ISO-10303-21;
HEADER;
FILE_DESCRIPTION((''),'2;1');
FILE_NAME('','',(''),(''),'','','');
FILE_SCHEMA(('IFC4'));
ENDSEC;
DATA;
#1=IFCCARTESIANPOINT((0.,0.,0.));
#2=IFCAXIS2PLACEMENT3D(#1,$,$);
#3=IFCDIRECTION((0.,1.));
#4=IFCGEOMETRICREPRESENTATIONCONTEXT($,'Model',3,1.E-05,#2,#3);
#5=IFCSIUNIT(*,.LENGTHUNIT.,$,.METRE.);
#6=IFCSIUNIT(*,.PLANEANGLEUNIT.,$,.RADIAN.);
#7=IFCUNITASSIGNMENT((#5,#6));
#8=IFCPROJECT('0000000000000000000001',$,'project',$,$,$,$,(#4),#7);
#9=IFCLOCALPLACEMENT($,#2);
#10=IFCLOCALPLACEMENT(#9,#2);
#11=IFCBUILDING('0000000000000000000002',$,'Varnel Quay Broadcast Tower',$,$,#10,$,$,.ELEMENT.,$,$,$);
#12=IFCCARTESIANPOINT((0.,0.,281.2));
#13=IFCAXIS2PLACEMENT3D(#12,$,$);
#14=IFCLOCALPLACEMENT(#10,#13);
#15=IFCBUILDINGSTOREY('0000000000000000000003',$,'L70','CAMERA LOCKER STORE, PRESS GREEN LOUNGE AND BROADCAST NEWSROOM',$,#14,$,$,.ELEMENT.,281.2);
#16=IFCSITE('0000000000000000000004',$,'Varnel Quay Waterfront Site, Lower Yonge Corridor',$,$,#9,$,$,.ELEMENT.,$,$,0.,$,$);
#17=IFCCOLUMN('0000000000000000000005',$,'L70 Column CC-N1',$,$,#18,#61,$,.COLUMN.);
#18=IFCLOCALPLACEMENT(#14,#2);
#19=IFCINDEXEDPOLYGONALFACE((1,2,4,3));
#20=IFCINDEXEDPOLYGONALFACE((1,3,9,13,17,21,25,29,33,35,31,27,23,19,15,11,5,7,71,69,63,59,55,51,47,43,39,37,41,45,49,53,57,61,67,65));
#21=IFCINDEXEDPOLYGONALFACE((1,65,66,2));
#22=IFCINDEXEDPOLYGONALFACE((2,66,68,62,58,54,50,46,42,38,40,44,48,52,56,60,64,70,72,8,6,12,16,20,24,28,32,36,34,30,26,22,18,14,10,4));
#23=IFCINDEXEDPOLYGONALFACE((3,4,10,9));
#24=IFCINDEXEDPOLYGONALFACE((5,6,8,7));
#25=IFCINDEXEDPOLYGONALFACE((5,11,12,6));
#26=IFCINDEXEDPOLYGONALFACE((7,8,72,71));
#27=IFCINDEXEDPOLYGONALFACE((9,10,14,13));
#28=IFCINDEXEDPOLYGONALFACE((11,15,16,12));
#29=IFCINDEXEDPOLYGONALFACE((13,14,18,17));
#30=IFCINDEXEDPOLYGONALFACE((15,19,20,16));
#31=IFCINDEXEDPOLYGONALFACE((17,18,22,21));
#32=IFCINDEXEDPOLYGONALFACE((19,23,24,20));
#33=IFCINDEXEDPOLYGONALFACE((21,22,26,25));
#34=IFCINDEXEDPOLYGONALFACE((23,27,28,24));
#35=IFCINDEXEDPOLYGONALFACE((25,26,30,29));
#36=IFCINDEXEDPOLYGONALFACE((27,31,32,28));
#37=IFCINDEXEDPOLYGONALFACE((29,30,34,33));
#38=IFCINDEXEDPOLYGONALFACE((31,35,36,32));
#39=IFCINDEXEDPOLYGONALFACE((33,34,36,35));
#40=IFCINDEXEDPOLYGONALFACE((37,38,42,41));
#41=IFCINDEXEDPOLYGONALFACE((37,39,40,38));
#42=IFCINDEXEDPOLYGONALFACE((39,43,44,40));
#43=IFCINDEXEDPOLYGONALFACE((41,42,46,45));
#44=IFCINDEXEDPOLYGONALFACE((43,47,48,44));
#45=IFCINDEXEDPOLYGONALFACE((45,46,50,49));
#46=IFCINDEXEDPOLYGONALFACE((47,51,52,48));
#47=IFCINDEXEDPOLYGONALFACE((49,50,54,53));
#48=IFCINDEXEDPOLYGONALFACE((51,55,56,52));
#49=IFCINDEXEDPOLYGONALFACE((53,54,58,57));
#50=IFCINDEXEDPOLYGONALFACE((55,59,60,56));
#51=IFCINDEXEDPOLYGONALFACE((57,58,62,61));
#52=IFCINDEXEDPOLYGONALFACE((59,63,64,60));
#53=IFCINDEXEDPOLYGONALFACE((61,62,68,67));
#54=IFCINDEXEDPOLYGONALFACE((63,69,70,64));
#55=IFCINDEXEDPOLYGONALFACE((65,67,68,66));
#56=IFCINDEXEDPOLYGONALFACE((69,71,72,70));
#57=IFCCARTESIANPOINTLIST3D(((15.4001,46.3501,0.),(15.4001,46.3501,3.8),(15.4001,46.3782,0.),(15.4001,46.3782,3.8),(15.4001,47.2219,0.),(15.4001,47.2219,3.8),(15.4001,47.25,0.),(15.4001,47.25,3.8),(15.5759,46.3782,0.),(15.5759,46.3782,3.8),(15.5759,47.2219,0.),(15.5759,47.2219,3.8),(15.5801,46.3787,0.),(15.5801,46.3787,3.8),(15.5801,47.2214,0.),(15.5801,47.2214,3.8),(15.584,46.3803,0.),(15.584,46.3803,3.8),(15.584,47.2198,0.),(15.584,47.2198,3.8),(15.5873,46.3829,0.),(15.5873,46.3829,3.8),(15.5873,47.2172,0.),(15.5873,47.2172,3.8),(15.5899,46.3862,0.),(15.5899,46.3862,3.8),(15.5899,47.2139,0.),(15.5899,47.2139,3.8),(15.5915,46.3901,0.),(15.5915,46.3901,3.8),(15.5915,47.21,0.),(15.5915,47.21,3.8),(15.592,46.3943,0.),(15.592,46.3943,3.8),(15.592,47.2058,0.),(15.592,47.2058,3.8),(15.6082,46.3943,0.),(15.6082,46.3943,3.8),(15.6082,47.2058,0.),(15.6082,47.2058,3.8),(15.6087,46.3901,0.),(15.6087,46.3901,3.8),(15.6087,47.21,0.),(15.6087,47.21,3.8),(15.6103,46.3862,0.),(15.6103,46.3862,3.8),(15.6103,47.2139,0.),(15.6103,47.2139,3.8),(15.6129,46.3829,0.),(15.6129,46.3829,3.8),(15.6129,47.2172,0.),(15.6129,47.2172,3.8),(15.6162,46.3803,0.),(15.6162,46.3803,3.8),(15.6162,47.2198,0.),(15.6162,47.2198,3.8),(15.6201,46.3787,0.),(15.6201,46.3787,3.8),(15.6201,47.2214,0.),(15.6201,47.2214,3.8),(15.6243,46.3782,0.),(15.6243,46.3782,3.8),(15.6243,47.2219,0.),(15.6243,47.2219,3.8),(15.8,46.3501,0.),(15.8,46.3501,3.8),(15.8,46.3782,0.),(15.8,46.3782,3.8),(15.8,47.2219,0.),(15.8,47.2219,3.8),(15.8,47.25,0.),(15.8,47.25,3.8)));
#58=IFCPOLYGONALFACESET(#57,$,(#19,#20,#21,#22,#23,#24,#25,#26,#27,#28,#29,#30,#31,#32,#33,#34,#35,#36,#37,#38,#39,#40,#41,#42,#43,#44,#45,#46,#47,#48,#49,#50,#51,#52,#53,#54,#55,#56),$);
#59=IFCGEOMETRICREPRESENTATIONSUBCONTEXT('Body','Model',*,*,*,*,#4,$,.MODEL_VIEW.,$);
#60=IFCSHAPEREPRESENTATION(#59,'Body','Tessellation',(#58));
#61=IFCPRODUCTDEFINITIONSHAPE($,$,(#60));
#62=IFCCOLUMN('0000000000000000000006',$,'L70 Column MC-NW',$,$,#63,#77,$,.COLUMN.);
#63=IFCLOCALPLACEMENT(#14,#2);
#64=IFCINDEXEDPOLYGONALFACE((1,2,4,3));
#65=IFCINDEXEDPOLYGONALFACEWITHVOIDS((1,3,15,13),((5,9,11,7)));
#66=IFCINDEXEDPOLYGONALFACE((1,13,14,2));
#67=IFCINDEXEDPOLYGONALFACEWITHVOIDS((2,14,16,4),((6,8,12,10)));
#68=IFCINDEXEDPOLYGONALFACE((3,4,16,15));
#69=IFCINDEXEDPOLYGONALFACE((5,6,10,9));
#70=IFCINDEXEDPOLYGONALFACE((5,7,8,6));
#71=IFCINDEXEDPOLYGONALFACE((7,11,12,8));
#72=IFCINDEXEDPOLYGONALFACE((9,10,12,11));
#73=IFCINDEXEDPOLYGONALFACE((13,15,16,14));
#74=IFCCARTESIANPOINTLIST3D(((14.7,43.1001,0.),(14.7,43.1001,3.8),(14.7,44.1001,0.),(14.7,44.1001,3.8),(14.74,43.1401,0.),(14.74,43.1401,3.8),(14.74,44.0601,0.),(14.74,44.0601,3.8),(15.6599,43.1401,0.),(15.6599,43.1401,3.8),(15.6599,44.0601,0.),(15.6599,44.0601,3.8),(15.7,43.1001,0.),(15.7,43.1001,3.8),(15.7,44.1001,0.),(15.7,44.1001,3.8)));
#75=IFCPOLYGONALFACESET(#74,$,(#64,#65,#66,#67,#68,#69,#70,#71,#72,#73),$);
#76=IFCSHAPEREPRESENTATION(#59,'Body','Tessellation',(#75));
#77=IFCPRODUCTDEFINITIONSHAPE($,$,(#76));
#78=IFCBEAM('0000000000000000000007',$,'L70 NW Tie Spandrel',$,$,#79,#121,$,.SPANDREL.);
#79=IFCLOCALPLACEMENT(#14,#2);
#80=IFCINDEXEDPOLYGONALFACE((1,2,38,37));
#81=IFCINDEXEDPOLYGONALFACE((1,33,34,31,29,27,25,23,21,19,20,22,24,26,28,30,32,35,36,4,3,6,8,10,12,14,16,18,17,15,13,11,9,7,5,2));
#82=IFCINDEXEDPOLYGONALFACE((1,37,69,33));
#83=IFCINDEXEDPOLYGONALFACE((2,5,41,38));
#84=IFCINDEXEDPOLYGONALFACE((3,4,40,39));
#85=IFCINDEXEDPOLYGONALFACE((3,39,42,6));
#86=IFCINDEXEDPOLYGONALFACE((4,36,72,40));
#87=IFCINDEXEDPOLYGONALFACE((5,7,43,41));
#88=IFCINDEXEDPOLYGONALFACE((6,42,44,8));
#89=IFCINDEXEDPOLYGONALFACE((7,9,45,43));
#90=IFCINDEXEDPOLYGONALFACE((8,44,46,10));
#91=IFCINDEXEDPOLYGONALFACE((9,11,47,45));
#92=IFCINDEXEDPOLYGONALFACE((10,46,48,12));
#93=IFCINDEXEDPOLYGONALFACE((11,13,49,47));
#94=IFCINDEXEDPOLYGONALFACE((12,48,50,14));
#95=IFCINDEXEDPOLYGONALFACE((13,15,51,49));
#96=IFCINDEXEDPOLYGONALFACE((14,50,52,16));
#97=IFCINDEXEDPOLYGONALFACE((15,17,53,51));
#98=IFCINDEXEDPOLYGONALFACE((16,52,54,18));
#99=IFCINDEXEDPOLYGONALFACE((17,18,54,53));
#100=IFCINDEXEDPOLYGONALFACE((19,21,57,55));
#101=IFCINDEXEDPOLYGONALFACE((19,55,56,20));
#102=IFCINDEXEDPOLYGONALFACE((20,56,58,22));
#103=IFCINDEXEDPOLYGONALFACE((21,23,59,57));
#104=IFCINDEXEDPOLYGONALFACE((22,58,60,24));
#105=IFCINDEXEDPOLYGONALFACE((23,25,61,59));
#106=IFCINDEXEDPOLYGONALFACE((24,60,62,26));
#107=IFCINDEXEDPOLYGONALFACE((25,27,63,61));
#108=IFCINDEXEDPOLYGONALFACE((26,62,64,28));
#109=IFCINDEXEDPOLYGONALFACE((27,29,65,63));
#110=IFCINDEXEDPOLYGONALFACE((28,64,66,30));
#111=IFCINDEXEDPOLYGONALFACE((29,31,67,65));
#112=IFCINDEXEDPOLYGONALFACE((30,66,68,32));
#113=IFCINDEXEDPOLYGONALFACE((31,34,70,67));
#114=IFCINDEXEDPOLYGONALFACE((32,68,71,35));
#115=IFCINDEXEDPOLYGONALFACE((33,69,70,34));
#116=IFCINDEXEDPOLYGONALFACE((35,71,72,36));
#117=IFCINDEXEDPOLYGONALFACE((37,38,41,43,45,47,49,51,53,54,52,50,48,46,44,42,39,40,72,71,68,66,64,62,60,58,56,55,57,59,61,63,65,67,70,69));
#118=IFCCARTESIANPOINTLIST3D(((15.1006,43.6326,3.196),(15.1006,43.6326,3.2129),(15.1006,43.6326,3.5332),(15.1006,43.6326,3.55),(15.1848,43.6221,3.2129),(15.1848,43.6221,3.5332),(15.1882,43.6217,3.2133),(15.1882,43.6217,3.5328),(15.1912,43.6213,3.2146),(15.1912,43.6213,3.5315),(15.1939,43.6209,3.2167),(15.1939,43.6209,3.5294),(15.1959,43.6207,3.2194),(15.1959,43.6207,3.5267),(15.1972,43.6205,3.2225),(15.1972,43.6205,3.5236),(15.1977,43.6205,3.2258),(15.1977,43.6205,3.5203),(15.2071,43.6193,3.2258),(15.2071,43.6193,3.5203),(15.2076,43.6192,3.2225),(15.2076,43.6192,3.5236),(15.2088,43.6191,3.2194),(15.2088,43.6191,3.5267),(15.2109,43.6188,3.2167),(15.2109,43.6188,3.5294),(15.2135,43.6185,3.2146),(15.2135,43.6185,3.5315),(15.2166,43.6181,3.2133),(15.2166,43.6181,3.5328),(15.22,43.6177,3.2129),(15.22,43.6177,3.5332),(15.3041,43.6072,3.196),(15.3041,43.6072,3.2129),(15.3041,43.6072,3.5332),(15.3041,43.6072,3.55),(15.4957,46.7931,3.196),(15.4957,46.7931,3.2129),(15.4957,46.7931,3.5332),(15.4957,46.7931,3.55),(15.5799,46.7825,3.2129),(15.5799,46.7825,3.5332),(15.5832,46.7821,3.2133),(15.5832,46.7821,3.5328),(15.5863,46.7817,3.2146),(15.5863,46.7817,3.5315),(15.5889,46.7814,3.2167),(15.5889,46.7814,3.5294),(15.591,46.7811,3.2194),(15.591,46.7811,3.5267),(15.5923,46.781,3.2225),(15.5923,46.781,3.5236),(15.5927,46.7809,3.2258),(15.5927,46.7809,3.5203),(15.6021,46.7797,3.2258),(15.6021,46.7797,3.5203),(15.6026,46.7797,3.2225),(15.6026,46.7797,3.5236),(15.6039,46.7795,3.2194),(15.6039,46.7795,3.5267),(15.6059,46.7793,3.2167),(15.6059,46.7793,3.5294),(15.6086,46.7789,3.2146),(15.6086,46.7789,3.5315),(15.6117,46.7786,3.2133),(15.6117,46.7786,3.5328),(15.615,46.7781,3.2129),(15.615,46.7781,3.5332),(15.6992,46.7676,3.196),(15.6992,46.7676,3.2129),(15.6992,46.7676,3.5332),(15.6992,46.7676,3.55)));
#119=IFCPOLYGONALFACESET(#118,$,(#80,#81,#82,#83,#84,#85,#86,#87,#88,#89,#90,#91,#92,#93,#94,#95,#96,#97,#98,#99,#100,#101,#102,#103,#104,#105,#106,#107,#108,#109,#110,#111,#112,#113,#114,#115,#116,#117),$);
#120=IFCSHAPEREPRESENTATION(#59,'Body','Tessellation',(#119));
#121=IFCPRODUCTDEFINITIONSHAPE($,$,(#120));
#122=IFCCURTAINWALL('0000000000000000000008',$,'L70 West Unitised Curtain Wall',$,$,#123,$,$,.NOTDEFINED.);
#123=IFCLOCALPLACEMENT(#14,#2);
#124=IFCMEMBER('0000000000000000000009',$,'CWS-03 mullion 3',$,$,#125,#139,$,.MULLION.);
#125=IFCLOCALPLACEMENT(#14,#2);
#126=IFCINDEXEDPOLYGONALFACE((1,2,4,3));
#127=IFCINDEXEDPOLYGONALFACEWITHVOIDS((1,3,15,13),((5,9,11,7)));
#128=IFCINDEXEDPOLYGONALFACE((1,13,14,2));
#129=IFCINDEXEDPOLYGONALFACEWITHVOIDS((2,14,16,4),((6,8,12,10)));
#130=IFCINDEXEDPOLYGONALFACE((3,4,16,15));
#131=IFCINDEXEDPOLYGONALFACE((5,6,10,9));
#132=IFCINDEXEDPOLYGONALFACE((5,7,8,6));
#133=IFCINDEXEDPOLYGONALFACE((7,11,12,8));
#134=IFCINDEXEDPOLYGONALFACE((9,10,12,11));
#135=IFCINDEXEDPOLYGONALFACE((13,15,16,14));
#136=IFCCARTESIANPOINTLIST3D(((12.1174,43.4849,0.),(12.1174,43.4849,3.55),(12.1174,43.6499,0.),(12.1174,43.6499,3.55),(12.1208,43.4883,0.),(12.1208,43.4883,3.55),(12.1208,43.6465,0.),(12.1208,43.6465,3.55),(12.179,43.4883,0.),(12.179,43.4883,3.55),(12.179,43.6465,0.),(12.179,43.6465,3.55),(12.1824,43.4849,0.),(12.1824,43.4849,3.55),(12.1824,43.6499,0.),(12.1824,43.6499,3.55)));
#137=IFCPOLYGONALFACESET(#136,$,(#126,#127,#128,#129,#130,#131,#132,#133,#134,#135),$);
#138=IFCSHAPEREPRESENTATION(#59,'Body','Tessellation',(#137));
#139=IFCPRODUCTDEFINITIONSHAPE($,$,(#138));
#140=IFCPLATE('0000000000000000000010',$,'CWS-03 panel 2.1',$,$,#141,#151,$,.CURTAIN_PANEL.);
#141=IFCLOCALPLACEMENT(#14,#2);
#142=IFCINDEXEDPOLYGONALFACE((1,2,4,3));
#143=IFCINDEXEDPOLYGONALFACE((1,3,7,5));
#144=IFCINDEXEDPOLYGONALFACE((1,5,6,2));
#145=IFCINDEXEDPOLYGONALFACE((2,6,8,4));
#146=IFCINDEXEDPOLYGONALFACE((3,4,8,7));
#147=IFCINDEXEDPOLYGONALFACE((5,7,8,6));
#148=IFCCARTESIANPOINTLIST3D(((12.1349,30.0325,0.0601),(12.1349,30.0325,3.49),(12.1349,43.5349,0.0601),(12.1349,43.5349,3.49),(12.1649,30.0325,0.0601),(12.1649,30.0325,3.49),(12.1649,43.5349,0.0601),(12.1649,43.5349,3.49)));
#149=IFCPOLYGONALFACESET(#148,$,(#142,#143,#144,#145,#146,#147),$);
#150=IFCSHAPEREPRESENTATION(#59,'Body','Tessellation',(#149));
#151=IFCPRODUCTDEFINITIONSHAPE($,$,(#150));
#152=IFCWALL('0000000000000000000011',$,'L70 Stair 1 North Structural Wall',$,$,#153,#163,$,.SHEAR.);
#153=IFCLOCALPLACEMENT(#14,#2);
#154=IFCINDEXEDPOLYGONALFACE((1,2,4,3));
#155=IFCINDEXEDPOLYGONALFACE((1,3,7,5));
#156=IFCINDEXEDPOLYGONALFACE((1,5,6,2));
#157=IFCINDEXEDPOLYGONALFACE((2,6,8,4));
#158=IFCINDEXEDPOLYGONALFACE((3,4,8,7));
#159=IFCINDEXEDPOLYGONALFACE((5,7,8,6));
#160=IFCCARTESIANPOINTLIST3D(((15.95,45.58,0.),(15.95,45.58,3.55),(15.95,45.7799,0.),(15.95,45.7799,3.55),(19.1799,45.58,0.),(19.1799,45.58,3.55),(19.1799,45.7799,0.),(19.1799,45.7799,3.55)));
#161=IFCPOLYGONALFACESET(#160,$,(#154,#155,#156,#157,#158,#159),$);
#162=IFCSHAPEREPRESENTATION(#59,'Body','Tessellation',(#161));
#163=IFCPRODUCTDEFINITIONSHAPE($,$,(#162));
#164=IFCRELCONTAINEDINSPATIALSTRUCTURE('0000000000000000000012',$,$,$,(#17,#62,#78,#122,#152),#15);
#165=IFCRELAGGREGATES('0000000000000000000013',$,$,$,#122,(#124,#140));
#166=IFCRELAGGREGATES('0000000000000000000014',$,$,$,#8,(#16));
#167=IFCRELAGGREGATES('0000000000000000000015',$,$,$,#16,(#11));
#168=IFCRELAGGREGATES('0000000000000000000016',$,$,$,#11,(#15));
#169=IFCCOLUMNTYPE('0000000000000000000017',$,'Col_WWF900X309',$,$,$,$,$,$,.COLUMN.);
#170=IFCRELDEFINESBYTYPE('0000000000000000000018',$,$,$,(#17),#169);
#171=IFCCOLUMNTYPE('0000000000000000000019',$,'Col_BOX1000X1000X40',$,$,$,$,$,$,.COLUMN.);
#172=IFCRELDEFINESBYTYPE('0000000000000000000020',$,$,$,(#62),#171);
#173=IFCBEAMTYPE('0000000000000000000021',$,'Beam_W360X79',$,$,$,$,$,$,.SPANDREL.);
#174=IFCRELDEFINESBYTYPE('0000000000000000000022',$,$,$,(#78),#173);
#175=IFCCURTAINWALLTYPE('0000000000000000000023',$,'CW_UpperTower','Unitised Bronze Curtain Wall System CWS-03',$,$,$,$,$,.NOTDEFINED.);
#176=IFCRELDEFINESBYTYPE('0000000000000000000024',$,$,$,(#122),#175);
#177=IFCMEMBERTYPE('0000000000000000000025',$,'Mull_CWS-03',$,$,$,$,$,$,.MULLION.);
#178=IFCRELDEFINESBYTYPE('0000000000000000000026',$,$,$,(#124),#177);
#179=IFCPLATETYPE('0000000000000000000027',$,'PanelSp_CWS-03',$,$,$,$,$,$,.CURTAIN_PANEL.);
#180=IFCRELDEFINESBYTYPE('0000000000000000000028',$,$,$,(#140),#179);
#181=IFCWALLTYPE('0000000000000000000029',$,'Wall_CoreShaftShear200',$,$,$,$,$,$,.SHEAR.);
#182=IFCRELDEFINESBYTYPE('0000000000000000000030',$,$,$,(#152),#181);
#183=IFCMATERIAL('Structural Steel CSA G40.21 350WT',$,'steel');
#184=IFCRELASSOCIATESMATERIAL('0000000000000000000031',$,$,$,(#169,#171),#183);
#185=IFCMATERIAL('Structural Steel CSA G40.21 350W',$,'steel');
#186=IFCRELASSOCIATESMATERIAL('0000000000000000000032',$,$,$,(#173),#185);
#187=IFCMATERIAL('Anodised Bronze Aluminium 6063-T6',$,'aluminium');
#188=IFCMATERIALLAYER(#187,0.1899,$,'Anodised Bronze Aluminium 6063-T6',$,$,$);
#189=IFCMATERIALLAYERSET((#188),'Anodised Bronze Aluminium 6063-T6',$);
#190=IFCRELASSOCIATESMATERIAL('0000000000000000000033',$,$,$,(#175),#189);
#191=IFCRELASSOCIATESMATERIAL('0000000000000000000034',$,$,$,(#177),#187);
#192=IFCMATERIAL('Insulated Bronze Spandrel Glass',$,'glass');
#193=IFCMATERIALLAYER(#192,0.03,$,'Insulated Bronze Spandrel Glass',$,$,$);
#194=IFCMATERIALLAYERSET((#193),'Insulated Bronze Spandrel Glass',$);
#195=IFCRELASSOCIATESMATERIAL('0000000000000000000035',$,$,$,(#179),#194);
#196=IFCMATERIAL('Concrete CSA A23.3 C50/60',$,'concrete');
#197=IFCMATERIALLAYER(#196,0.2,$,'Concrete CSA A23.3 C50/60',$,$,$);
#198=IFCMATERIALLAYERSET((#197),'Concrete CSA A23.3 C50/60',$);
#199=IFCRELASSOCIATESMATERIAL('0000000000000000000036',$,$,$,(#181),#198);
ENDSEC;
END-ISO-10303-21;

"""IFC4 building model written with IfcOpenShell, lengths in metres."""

from ifc_helpers import new_model, si_unit, direction, frame, frame_2d, origin, origin_2d, place, context, subcontext, project, spatial, rectangle, hollow_rectangle, i_section, extrude, source, transform, mapped, material, layer, layer_set, material_profile, profile_set, type_object, type_shapes, element, aggregate, save


model = new_model("IFC4")

# Units and contexts
model_context = context("Model", 3, precision=1e-05, world=origin(), true_north=direction((0.0, 1.0)))
body_context = subcontext(model_context, "Body", "Model", "MODEL_VIEW")
ifc_project = project(units=[si_unit("LENGTHUNIT", "METRE"), si_unit("PLANEANGLEUNIT", "RADIAN")], contexts=[model_context])

# Site, building, storey
site_placement = place(None, origin())
site = spatial("IfcSite", under=ifc_project, at=site_placement, Name="Varnel Quay Waterfront Site, Lower Yonge Corridor", CompositionType="ELEMENT", RefElevation=0.0)
building_placement = place(site_placement, origin())
building = spatial("IfcBuilding", under=site, at=building_placement, Name="Varnel Quay Broadcast Tower", CompositionType="ELEMENT")
storey_placement = place(building_placement, frame((0.0, 0.0, 281.2)))
storey = spatial("IfcBuildingStorey", under=building, at=storey_placement, Name="L70", Description="CAMERA LOCKER STORE, PRESS GREEN LOUNGE AND BROADCAST NEWSROOM", CompositionType="ELEMENT", Elevation=281.2)

# Columns
ifc_material_1 = material(Name="Structural Steel CSA G40.21 350WT", Category="steel")
ifc_material_profile_1 = material_profile(ifc_material_1, i_section(OverallWidth=0.3999, OverallDepth=0.8999, WebThickness=0.0161, FlangeThickness=0.0281, FilletRadius=0.0161, at=origin_2d()), Name="WWF900X309")
ifc_profile_set_1 = profile_set([ifc_material_profile_1], Name="Structural Steel CSA G40.21 350WT")
column_type_1 = type_object("IfcColumnType", Name="Col_WWF900X309", PredefinedType="COLUMN", material=ifc_profile_set_1)
shared_shape_1 = source(origin(), body_context, "Body", "SweptSolid", [
    extrude(i_section(OverallWidth=0.3999, OverallDepth=0.8999, WebThickness=0.0161, FlangeThickness=0.0281, FilletRadius=0.0161, at=origin_2d()), origin(), (0.0, 0.0, 1.0), 3.8),
])
type_shapes(column_type_1, [shared_shape_1])
column_1_placement = place(storey_placement, frame((15.6001, 46.8, 0.0), z_axis=(0.0, 0.0, 1.0), x_axis=(1.0, 0.0, 0.0)))
element("IfcColumn", 1, at=column_1_placement, inside=storey, type_object=column_type_1, Name="L70 Column CC-N1", PredefinedType="COLUMN", context=body_context, shape_type="MappedRepresentation", body=[
    mapped(shared_shape_1, transform((0.0, 0.0, 0.0), x_axis=(1.0, 0.0, 0.0), y_axis=(0.0, 1.0, 0.0), z_axis=(0.0, 0.0, 1.0), scale=1.0)),
])
ifc_material_profile_2 = material_profile(ifc_material_1, hollow_rectangle(XDim=1.0, YDim=1.0, WallThickness=0.04, at=origin_2d()), Name="BOX1000X1000X40")
ifc_profile_set_2 = profile_set([ifc_material_profile_2], Name="Structural Steel CSA G40.21 350WT")
column_type_2 = type_object("IfcColumnType", Name="Col_BOX1000X1000X40", PredefinedType="COLUMN", material=ifc_profile_set_2)
shared_shape_2 = source(origin(), body_context, "Body", "SweptSolid", [
    extrude(hollow_rectangle(XDim=1.0, YDim=1.0, WallThickness=0.04, at=origin_2d()), origin(), (0.0, 0.0, 1.0), 3.8),
])
type_shapes(column_type_2, [shared_shape_2])
column_2_placement = place(storey_placement, frame((15.2, 43.6001, 0.0), z_axis=(0.0, 0.0, 1.0), x_axis=(1.0, 0.0, 0.0)))
element("IfcColumn", 2, at=column_2_placement, inside=storey, type_object=column_type_2, Name="L70 Column MC-NW", PredefinedType="COLUMN", context=body_context, shape_type="MappedRepresentation", body=[
    mapped(shared_shape_2, transform((0.0, 0.0, 0.0), x_axis=(1.0, 0.0, 0.0), y_axis=(0.0, 1.0, 0.0), z_axis=(0.0, 0.0, 1.0), scale=1.0)),
])

# Beam
ifc_material_2 = material(Name="Structural Steel CSA G40.21 350W", Category="steel")
ifc_material_profile_3 = material_profile(ifc_material_2, i_section(OverallWidth=0.2051, OverallDepth=0.354, WebThickness=0.0095, FlangeThickness=0.0168, FilletRadius=0.0129, at=origin_2d()), Name="W360X79")
ifc_profile_set_3 = profile_set([ifc_material_profile_3], Name="Structural Steel CSA G40.21 350W")
beam_type = type_object("IfcBeamType", Name="Beam_W360X79", PredefinedType="SPANDREL", material=ifc_profile_set_3)
shared_shape_3 = source(origin(), body_context, "Body", "SweptSolid", [
    extrude(i_section(OverallWidth=0.2051, OverallDepth=0.354, WebThickness=0.0095, FlangeThickness=0.0168, FilletRadius=0.0129, at=origin_2d()), origin(), (0.0, 0.0, 1.0), 3.1851),
])
type_shapes(beam_type, [shared_shape_3])
beam_placement = place(storey_placement, frame((15.2024, 43.6199, 3.373), z_axis=(0.124025, 0.992279, 0.0), x_axis=(-0.992279, 0.124025, 0.0)))
element("IfcBeam", 3, at=beam_placement, inside=storey, type_object=beam_type, Name="L70 NW Tie Spandrel", PredefinedType="SPANDREL", context=body_context, shape_type="MappedRepresentation", body=[
    mapped(shared_shape_3, transform((0.0, 0.0, 0.0), x_axis=(1.0, 0.0, 0.0), y_axis=(0.0, 1.0, 0.0), z_axis=(0.0, 0.0, 1.0), scale=1.0)),
])

# Curtain wall, member, plate
ifc_material_3 = material(Name="Anodised Bronze Aluminium 6063-T6", Category="aluminium")
ifc_layer_1 = layer(ifc_material_3, 0.1899, Name="Anodised Bronze Aluminium 6063-T6")
ifc_layer_set_1 = layer_set([ifc_layer_1], Name="Anodised Bronze Aluminium 6063-T6")
curtain_wall_type = type_object("IfcCurtainWallType", Name="CW_UpperTower", Description="Unitised Bronze Curtain Wall System CWS-03", PredefinedType="NOTDEFINED", material=ifc_layer_set_1)
curtain_wall_placement = place(storey_placement, origin())
curtain_wall = element("IfcCurtainWall", 4, at=curtain_wall_placement, inside=storey, type_object=curtain_wall_type, Name="L70 West Unitised Curtain Wall", PredefinedType="NOTDEFINED")
ifc_material_profile_4 = material_profile(ifc_material_3, hollow_rectangle(XDim=0.0649, YDim=0.165, WallThickness=0.0034, at=origin_2d()), Name="ALU65X165X3.5")
ifc_profile_set_4 = profile_set([ifc_material_profile_4], Name="Anodised Bronze Aluminium 6063-T6")
member_type = type_object("IfcMemberType", Name="Mull_CWS-03", PredefinedType="MULLION", material=ifc_profile_set_4)
shared_shape_4 = source(origin(), body_context, "Body", "SweptSolid", [
    extrude(hollow_rectangle(XDim=0.0649, YDim=0.165, WallThickness=0.0034, at=origin_2d()), origin(), (0.0, 0.0, 1.0), 3.55),
])
type_shapes(member_type, [shared_shape_4])
member_placement = place(storey_placement, frame((12.1499, 43.5674, 0.0), z_axis=(0.0, 0.0, 1.0), x_axis=(-1.0, 0.0, 0.0)))
member = element("IfcMember", 5, at=member_placement, type_object=member_type, Name="CWS-03 mullion 3", PredefinedType="MULLION", context=body_context, shape_type="MappedRepresentation", body=[
    mapped(shared_shape_4, transform((0.0, 0.0, 0.0), x_axis=(1.0, 0.0, 0.0), y_axis=(0.0, 1.0, 0.0), z_axis=(0.0, 0.0, 1.0), scale=1.0)),
])
ifc_material_4 = material(Name="Insulated Bronze Spandrel Glass", Category="glass")
ifc_layer_2 = layer(ifc_material_4, 0.03, Name="Insulated Bronze Spandrel Glass")
ifc_layer_set_2 = layer_set([ifc_layer_2], Name="Insulated Bronze Spandrel Glass")
plate_type = type_object("IfcPlateType", Name="PanelSp_CWS-03", PredefinedType="CURTAIN_PANEL", material=ifc_layer_set_2)
shared_shape_5 = source(origin(), body_context, "Body", "SweptSolid", [
    extrude(rectangle(XDim=13.5024, YDim=0.03, at=origin_2d()), origin(), (0.0, 0.0, 1.0), 3.4299),
])
type_shapes(plate_type, [shared_shape_5])
plate_placement = place(storey_placement, frame((12.1499, 36.7837, 0.0601), z_axis=(0.0, 0.0, 1.0), x_axis=(0.0, 1.0, 0.0)))
plate = element("IfcPlate", 6, at=plate_placement, type_object=plate_type, Name="CWS-03 panel 2.1", PredefinedType="CURTAIN_PANEL", context=body_context, shape_type="MappedRepresentation", body=[
    mapped(shared_shape_5, transform((0.0, 0.0, 0.0), x_axis=(1.0, 0.0, 0.0), y_axis=(0.0, 1.0, 0.0), z_axis=(0.0, 0.0, 1.0), scale=1.0)),
])
aggregate(curtain_wall, [member, plate])

# Wall
ifc_material_5 = material(Name="Concrete CSA A23.3 C50/60", Category="concrete")
ifc_layer_3 = layer(ifc_material_5, 0.2, Name="Concrete CSA A23.3 C50/60")
ifc_layer_set_3 = layer_set([ifc_layer_3], Name="Concrete CSA A23.3 C50/60")
wall_type_1 = type_object("IfcWallType", Name="Wall_CoreShaftShear200", PredefinedType="SHEAR", material=ifc_layer_set_3)
wall_1_placement = place(storey_placement, frame((15.95, 45.6799, 0.0), z_axis=(0.0, 0.0, 1.0), x_axis=(1.0, 0.0, 0.0)))
element("IfcWall", 7, at=wall_1_placement, inside=storey, type_object=wall_type_1, Name="L70 Stair 1 North Structural Wall", PredefinedType="SHEAR", context=body_context, shape_type="SweptSolid", body=[
    extrude(rectangle(XDim=3.23, YDim=0.2, at=frame_2d((1.615, 0.0))), origin(), (0.0, 0.0, 1.0), 3.55),
])

save(model, "model.ifc")
